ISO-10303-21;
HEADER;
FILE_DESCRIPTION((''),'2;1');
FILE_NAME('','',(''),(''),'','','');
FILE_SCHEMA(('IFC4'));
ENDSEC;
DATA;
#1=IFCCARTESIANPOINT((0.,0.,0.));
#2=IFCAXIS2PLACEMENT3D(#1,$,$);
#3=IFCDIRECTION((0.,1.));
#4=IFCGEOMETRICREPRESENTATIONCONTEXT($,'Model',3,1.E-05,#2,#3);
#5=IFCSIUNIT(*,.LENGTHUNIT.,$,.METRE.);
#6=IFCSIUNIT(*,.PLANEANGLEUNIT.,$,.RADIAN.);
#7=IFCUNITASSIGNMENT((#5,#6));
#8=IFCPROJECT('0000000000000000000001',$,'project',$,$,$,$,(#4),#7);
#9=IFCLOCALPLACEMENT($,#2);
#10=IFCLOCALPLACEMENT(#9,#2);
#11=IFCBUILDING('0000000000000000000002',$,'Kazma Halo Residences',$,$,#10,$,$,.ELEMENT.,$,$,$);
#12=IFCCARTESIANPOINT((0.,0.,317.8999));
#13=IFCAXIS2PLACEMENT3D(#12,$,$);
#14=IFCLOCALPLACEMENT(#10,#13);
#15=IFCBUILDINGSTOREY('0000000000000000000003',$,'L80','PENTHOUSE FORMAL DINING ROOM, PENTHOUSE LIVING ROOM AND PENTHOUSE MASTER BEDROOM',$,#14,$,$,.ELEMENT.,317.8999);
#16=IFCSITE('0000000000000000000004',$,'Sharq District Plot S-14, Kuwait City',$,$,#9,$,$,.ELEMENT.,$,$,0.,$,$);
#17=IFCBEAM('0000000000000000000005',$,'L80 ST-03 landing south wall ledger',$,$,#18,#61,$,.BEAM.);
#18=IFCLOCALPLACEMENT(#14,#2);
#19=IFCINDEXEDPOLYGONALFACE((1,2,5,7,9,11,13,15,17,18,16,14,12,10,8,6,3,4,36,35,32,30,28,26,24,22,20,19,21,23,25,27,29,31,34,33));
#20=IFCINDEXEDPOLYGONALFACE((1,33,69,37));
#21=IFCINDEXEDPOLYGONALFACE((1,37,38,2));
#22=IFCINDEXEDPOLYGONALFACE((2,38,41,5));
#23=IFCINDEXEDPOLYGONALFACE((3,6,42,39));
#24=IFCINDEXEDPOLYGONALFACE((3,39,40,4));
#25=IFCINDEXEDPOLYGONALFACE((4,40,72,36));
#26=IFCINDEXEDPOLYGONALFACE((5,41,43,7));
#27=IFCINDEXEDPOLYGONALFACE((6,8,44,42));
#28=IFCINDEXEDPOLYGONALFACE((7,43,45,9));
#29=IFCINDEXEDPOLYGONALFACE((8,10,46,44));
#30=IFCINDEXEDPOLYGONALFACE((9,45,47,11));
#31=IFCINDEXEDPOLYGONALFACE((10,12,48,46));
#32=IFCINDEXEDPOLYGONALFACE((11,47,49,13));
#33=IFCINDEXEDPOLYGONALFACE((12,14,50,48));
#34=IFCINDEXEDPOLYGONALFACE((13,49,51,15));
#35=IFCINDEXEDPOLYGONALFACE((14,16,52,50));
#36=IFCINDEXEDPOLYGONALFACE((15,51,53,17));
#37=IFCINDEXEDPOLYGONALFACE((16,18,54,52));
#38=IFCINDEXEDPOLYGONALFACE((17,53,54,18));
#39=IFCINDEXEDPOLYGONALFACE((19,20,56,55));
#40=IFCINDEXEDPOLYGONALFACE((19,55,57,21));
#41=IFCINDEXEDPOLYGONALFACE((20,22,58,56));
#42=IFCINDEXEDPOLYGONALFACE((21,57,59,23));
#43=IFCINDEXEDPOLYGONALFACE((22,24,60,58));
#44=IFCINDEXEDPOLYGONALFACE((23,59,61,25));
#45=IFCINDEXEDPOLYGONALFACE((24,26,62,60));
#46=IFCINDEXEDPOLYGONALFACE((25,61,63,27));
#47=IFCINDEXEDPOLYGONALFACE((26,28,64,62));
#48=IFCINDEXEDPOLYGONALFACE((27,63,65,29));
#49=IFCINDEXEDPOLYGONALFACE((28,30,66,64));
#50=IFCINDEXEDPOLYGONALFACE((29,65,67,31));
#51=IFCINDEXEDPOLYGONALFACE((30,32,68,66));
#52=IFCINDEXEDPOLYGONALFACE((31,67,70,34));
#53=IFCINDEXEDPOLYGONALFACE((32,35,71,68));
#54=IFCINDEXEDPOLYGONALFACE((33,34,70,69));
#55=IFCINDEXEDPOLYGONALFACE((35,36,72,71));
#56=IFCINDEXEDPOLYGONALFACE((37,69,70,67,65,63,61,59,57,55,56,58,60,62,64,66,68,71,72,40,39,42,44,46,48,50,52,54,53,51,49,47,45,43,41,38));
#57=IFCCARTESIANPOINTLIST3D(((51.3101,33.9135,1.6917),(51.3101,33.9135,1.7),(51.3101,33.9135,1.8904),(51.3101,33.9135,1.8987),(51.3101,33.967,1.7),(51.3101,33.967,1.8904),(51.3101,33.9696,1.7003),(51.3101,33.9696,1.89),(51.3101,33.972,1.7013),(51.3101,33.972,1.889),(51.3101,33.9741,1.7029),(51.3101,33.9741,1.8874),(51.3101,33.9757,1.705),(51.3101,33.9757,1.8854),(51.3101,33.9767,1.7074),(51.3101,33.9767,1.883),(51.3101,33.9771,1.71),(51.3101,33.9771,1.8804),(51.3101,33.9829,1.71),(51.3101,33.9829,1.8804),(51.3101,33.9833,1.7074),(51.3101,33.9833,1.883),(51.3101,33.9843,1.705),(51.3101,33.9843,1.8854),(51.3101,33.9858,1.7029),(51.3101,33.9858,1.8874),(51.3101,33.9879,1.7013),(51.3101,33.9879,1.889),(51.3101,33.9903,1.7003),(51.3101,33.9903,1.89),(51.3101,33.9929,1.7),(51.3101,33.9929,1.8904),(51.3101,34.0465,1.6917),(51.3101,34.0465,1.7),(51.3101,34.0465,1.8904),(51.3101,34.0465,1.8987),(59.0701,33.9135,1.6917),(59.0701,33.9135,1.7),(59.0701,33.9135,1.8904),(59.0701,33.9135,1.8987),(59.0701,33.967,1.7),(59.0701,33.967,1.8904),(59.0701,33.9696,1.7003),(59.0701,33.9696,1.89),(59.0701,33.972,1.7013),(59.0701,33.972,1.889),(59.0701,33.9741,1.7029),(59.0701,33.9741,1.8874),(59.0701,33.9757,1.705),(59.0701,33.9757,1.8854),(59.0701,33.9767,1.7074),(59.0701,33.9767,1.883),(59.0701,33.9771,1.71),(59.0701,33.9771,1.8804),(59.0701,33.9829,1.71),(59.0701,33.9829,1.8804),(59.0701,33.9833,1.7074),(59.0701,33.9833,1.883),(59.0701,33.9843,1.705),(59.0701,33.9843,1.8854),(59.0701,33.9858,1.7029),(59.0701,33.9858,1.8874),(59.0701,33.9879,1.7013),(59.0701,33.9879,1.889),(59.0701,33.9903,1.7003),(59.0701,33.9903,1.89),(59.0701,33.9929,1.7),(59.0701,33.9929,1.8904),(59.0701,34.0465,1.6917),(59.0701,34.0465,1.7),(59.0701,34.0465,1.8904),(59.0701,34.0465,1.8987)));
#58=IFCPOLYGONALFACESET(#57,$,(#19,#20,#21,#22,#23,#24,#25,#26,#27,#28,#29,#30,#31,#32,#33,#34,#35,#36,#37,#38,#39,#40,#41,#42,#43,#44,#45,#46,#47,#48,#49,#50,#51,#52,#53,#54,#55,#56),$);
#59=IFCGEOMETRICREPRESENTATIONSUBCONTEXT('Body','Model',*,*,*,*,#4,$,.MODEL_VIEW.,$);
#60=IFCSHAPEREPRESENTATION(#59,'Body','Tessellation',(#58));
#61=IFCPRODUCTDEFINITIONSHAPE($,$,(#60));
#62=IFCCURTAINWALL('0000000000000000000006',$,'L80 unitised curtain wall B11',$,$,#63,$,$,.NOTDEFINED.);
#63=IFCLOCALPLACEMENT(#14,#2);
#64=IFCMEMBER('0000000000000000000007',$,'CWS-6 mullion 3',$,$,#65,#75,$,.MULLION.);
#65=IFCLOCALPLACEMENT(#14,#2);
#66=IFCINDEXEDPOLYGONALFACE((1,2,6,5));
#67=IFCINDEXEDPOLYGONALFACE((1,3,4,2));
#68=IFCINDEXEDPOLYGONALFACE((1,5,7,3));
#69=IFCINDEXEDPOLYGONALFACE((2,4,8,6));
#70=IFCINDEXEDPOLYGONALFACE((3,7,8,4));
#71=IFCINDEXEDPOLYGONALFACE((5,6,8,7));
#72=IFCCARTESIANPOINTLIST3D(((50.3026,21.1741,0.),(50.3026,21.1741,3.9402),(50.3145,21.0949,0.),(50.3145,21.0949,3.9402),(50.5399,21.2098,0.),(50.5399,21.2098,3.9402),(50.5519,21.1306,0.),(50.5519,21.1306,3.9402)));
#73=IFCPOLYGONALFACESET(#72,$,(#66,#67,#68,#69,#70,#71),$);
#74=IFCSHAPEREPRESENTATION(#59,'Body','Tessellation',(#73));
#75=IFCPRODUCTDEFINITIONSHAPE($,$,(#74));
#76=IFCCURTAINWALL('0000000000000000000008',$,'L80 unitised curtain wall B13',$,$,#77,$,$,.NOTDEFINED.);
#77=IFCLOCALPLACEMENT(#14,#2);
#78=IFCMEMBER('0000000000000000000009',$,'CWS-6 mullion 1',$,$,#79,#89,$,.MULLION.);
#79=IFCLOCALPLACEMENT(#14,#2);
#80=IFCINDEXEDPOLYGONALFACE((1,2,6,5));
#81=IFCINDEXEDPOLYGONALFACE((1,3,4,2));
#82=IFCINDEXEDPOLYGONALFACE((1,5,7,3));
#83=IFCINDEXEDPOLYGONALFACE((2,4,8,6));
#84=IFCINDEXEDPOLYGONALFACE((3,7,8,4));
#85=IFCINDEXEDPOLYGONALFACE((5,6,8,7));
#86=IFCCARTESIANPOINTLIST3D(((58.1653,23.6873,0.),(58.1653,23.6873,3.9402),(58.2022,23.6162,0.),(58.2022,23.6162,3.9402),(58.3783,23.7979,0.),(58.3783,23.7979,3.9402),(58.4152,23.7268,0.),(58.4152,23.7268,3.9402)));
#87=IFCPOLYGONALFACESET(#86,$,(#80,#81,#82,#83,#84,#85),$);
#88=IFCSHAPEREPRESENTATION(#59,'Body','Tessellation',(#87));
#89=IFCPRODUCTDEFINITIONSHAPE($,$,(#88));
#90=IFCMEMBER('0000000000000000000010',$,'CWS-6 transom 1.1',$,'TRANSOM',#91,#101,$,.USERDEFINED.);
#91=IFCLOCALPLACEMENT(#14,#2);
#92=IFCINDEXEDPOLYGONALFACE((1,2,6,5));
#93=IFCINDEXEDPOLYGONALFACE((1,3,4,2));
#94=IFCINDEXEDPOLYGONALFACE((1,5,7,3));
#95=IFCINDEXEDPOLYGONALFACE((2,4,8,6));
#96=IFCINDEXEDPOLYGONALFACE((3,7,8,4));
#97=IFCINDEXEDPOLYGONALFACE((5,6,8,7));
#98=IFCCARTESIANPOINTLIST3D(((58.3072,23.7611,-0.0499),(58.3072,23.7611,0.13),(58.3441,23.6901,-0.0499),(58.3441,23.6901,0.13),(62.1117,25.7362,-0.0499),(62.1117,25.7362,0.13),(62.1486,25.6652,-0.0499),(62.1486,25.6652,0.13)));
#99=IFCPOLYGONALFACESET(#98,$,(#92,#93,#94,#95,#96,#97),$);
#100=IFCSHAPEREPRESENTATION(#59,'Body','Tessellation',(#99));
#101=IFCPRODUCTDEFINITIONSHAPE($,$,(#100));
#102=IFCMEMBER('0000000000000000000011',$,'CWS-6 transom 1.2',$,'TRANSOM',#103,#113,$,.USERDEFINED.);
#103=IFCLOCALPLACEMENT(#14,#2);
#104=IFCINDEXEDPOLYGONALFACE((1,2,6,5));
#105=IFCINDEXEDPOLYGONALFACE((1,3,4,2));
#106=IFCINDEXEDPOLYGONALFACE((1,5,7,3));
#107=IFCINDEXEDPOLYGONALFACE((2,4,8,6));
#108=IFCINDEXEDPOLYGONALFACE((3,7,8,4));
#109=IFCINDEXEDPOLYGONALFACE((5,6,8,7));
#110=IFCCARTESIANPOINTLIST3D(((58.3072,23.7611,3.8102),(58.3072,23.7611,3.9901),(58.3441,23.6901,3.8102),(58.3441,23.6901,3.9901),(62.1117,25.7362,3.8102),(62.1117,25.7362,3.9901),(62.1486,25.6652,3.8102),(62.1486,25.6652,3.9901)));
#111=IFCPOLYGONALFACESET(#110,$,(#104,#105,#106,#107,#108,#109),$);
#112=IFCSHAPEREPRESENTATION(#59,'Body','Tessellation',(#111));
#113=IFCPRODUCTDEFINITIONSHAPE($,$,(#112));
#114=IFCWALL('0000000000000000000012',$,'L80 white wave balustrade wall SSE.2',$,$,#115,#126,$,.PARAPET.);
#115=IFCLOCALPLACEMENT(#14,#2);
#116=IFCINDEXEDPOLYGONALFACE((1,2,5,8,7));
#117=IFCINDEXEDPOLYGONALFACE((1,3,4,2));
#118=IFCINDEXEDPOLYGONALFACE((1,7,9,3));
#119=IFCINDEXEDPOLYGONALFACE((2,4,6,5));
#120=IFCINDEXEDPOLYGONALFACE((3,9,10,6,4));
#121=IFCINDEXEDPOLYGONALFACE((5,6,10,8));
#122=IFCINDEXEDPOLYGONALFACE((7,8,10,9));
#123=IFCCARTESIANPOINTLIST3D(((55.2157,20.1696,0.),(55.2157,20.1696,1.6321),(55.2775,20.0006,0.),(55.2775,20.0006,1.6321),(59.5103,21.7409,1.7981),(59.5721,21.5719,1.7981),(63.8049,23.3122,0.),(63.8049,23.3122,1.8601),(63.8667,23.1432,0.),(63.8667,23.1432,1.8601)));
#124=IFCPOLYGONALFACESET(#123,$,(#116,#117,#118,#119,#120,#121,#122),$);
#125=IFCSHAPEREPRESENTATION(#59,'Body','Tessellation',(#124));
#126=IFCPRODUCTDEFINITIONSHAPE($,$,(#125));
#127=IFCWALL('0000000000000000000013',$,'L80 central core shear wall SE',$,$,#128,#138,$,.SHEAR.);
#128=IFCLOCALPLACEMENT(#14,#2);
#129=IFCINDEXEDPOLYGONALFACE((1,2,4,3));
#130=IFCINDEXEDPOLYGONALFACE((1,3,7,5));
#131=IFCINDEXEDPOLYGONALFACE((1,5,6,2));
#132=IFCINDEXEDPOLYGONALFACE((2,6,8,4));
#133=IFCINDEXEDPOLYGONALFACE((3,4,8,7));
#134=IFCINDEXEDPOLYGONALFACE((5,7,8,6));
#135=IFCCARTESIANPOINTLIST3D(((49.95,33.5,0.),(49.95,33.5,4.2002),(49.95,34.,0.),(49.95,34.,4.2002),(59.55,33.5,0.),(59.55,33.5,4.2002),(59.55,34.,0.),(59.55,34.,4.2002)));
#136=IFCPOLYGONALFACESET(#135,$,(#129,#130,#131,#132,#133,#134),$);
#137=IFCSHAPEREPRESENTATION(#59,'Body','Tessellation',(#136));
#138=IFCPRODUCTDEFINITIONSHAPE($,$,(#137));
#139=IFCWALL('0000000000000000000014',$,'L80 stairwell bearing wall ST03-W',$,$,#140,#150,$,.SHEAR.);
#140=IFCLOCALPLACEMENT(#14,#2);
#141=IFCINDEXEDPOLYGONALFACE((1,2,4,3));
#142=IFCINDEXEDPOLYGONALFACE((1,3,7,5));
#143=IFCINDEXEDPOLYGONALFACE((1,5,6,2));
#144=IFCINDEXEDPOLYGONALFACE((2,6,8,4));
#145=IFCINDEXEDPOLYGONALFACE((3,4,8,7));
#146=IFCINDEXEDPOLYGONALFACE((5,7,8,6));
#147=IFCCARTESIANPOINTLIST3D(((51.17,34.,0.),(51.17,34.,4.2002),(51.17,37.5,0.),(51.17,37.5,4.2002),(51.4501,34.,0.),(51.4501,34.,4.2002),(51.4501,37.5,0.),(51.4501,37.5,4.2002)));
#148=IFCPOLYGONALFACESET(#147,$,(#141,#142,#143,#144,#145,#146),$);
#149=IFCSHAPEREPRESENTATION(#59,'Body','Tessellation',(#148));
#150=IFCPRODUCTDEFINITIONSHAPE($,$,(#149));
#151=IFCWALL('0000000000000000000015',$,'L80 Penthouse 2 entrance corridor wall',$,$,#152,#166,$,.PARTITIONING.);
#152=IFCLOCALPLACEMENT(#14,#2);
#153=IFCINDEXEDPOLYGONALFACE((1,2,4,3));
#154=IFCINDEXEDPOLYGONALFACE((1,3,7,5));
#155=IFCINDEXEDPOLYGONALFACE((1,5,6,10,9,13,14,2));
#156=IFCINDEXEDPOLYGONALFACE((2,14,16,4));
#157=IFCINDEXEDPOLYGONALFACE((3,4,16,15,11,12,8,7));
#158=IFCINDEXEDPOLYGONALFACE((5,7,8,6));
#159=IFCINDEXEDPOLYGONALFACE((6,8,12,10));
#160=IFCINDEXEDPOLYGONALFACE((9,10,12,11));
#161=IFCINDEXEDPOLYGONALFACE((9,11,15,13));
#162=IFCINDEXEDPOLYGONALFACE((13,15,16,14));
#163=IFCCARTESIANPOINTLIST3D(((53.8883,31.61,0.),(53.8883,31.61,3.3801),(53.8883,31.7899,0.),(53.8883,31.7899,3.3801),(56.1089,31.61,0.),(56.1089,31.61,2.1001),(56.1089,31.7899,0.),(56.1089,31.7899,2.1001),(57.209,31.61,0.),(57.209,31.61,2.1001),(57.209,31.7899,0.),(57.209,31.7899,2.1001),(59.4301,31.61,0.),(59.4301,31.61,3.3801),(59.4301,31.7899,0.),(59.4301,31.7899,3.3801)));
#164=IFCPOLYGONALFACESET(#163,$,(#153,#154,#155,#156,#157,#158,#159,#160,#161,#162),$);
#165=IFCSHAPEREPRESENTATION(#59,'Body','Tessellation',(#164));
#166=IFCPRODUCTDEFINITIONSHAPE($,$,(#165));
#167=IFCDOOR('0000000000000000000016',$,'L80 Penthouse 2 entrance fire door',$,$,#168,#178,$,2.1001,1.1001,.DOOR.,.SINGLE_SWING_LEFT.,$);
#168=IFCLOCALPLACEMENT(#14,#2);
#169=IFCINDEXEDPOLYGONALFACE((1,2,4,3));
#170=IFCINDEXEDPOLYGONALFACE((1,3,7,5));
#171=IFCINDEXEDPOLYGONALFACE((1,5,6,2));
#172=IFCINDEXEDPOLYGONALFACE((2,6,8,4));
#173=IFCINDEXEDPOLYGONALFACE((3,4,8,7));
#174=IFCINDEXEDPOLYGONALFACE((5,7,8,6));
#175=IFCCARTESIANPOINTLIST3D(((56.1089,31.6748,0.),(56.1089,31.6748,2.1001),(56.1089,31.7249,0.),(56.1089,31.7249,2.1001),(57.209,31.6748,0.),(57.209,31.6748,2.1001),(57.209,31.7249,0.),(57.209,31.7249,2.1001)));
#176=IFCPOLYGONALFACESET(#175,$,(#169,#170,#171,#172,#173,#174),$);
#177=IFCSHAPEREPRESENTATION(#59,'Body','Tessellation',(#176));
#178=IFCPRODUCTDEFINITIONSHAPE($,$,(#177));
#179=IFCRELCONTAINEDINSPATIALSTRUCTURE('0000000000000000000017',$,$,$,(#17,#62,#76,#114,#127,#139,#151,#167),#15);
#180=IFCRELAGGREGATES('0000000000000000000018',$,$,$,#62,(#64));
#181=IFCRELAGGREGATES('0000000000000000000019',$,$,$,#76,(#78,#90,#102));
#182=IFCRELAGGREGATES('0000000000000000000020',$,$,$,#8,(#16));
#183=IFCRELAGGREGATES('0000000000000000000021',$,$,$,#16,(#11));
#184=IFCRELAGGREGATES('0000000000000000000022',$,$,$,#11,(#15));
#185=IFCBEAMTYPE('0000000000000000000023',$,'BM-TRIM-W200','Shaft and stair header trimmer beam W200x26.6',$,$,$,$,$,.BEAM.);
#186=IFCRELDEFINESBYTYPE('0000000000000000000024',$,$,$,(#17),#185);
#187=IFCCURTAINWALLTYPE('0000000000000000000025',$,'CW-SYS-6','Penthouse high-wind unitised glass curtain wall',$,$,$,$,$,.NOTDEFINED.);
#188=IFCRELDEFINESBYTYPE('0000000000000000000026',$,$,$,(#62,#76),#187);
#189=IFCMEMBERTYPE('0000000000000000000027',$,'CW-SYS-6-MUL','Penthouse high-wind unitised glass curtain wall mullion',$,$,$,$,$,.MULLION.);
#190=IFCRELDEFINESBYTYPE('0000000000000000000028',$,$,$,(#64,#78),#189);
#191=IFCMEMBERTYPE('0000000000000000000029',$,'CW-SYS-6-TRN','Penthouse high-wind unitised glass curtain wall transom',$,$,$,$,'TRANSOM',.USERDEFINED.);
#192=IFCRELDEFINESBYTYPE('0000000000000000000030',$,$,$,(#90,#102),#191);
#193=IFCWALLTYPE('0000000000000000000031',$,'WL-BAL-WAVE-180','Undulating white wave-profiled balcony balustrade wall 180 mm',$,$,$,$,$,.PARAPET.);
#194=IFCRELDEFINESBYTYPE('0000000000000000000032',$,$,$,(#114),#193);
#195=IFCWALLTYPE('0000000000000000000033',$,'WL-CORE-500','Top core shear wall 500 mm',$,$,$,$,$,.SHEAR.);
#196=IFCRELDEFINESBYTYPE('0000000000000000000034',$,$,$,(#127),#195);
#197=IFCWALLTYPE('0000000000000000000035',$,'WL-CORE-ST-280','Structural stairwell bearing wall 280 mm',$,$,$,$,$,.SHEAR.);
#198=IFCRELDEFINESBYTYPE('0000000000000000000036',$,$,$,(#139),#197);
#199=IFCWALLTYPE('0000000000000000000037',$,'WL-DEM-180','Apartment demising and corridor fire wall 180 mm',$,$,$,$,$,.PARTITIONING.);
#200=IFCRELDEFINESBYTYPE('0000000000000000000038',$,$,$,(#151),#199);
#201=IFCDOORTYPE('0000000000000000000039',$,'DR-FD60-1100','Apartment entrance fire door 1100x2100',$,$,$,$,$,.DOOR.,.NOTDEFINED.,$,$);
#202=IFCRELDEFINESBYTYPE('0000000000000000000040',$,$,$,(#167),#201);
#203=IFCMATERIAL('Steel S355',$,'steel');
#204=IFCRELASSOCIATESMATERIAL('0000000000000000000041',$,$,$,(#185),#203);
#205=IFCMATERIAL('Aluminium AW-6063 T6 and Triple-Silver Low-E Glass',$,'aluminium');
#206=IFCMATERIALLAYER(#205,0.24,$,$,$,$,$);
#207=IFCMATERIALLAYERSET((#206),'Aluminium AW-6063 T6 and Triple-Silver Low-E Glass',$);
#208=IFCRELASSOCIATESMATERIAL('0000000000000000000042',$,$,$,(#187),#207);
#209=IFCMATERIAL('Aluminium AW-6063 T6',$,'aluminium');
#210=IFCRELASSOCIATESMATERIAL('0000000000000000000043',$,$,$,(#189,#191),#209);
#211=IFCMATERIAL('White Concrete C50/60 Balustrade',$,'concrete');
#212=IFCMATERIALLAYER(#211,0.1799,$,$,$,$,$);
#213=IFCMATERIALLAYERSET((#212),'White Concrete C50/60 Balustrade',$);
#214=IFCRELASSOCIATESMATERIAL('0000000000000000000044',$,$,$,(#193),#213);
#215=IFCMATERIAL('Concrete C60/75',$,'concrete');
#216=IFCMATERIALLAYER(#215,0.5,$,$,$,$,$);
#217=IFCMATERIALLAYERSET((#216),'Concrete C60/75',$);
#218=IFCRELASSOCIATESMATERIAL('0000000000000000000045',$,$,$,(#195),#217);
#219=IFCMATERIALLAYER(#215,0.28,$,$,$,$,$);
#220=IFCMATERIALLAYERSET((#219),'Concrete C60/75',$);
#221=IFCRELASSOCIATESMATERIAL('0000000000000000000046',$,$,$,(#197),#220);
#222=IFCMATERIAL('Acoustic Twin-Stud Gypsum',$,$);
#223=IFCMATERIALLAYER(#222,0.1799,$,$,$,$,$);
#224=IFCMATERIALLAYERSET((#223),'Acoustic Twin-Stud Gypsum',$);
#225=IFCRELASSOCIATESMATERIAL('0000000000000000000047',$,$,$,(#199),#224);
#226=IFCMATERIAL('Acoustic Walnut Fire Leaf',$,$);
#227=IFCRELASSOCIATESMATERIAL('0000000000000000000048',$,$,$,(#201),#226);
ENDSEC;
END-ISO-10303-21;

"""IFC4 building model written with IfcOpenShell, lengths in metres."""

from ifc_helpers import new_model, si_unit, direction, frame, frame_2d, origin, origin_2d, place, context, subcontext, project, spatial, polyline, rectangle, i_section, outline, extrude, material, layer, layer_set, material_profile, profile_set, type_object, element, fill, aggregate, save


model = new_model("IFC4")

# Units and contexts
model_context = context("Model", 3, precision=1e-05, world=origin(), true_north=direction((0.0, 1.0)))
body_context = subcontext(model_context, "Body", "Model", "MODEL_VIEW")
ifc_project = project(units=[si_unit("LENGTHUNIT", "METRE"), si_unit("PLANEANGLEUNIT", "RADIAN")], contexts=[model_context])

# Site, building, storey
site_placement = place(None, origin())
site = spatial("IfcSite", under=ifc_project, at=site_placement, Name="Sharq District Plot S-14, Kuwait City", CompositionType="ELEMENT", RefElevation=0.0)
building_placement = place(site_placement, origin())
building = spatial("IfcBuilding", under=site, at=building_placement, Name="Kazma Halo Residences", CompositionType="ELEMENT")
storey_placement = place(building_placement, frame((0.0, 0.0, 317.8999)))
storey = spatial("IfcBuildingStorey", under=building, at=storey_placement, Name="L80", Description="PENTHOUSE FORMAL DINING ROOM, PENTHOUSE LIVING ROOM AND PENTHOUSE MASTER BEDROOM", CompositionType="ELEMENT", Elevation=317.8999)

# Shared definitions
ifc_material_1 = material(Name="Concrete C60/75", Category="concrete")

# Beam
ifc_material_2 = material(Name="Steel S355", Category="steel")
ifc_material_profile_1 = material_profile(ifc_material_2, i_section(OverallWidth=0.1331, OverallDepth=0.207, WebThickness=0.0059, FlangeThickness=0.0083, FilletRadius=0.01, at=origin_2d()), Name="W200x26.6")
ifc_profile_set_1 = profile_set([ifc_material_profile_1], Name="Steel S355")
beam_type_1 = type_object("IfcBeamType", Name="BM-TRIM-W200", Description="Shaft and stair header trimmer beam W200x26.6", PredefinedType="BEAM", material=ifc_profile_set_1)
beam_1_placement = place(storey_placement, frame((51.3101, 33.98, 1.7952), z_axis=(1.0, 0.0, 0.0), x_axis=(0.0, 1.0, 0.0)))
element("IfcBeam", 1, at=beam_1_placement, inside=storey, type_object=beam_type_1, Name="L80 ST-03 landing south wall ledger", PredefinedType="BEAM", context=body_context, shape_type="SweptSolid", body=[
    extrude(i_section(OverallWidth=0.1331, OverallDepth=0.207, WebThickness=0.0059, FlangeThickness=0.0083, FilletRadius=0.01, at=origin_2d()), origin(), (0.0, 0.0, 1.0), 7.76),
])

# Curtain wall, member
ifc_material_3 = material(Name="Aluminium AW-6063 T6 and Triple-Silver Low-E Glass", Category="aluminium")
ifc_layer_1 = layer(ifc_material_3, 0.24)
ifc_layer_set_1 = layer_set([ifc_layer_1], Name="Aluminium AW-6063 T6 and Triple-Silver Low-E Glass")
curtain_wall_type = type_object("IfcCurtainWallType", Name="CW-SYS-6", Description="Penthouse high-wind unitised glass curtain wall", PredefinedType="NOTDEFINED", material=ifc_layer_set_1)
curtain_wall_1_placement = place(storey_placement, origin())
curtain_wall_1 = element("IfcCurtainWall", 2, at=curtain_wall_1_placement, inside=storey, type_object=curtain_wall_type, Name="L80 unitised curtain wall B11", PredefinedType="NOTDEFINED")
ifc_material_4 = material(Name="Aluminium AW-6063 T6", Category="aluminium")
ifc_material_profile_2 = material_profile(ifc_material_4, rectangle(XDim=0.0801, YDim=0.24, at=origin_2d()), Name="CWM-80x240")
ifc_profile_set_2 = profile_set([ifc_material_profile_2], Name="Aluminium AW-6063 T6")
member_type_1 = type_object("IfcMemberType", Name="CW-SYS-6-MUL", Description="Penthouse high-wind unitised glass curtain wall mullion", PredefinedType="MULLION", material=ifc_profile_set_2)
member_1_placement = place(storey_placement, frame((50.4272, 21.1523, 0.0), z_axis=(0.0, 0.0, 1.0), x_axis=(-0.148871, 0.988857, 0.0)))
member_1 = element("IfcMember", 3, at=member_1_placement, type_object=member_type_1, Name="CWS-6 mullion 3", PredefinedType="MULLION", context=body_context, shape_type="SweptSolid", body=[
    extrude(rectangle(XDim=0.0801, YDim=0.24, at=origin_2d()), origin(), (0.0, 0.0, 1.0), 3.9402),
])
aggregate(curtain_wall_1, [member_1])

# Curtain wall, members
curtain_wall_2_placement = place(storey_placement, origin())
curtain_wall_2 = element("IfcCurtainWall", 4, at=curtain_wall_2_placement, inside=storey, type_object=curtain_wall_type, Name="L80 unitised curtain wall B13", PredefinedType="NOTDEFINED")
member_2_placement = place(storey_placement, frame((58.2903, 23.707, 0.0), z_axis=(0.0, 0.0, 1.0), x_axis=(-0.460796, 0.887506, 0.0)))
member_2 = element("IfcMember", 5, at=member_2_placement, type_object=member_type_1, Name="CWS-6 mullion 1", PredefinedType="MULLION", context=body_context, shape_type="SweptSolid", body=[
    extrude(rectangle(XDim=0.0801, YDim=0.24, at=origin_2d()), origin(), (0.0, 0.0, 1.0), 3.9402),
])
ifc_material_profile_3 = material_profile(ifc_material_4, rectangle(XDim=0.0801, YDim=0.1799, at=origin_2d()), Name="CWT-80x180")
ifc_profile_set_3 = profile_set([ifc_material_profile_3], Name="Aluminium AW-6063 T6")
member_type_2 = type_object("IfcMemberType", Name="CW-SYS-6-TRN", Description="Penthouse high-wind unitised glass curtain wall transom", ElementType="TRANSOM", PredefinedType="USERDEFINED", material=ifc_profile_set_3)
member_3_placement = place(storey_placement, frame((58.3257, 23.7256, 0.04), z_axis=(0.887523, 0.460763, 0.0), x_axis=(-0.460763, 0.887523, 0.0)))
member_3 = element("IfcMember", 6, at=member_3_placement, type_object=member_type_2, Name="CWS-6 transom 1.1", ObjectType="TRANSOM", PredefinedType="USERDEFINED", context=body_context, shape_type="SweptSolid", body=[
    extrude(rectangle(XDim=0.0801, YDim=0.1799, at=origin_2d()), origin(), (0.0, 0.0, 1.0), 4.2866),
])
member_4_placement = place(storey_placement, frame((58.3257, 23.7256, 3.9001), z_axis=(0.887523, 0.460763, 0.0), x_axis=(-0.460763, 0.887523, 0.0)))
member_4 = element("IfcMember", 7, at=member_4_placement, type_object=member_type_2, Name="CWS-6 transom 1.2", ObjectType="TRANSOM", PredefinedType="USERDEFINED", context=body_context, shape_type="SweptSolid", body=[
    extrude(rectangle(XDim=0.0801, YDim=0.1799, at=origin_2d()), origin(), (0.0, 0.0, 1.0), 4.2866),
])
aggregate(curtain_wall_2, [member_2, member_3, member_4])

# Walls
ifc_material_5 = material(Name="White Concrete C50/60 Balustrade", Category="concrete")
ifc_layer_2 = layer(ifc_material_5, 0.1799)
ifc_layer_set_2 = layer_set([ifc_layer_2], Name="White Concrete C50/60 Balustrade")
wall_type_1 = type_object("IfcWallType", Name="WL-BAL-WAVE-180", Description="Undulating white wave-profiled balcony balustrade wall 180 mm", PredefinedType="PARAPET", material=ifc_layer_set_2)
wall_1_placement = place(storey_placement, frame((55.2466, 20.0852, 0.0), z_axis=(0.0, 0.0, 1.0), x_axis=(0.939115, 0.343603, 0.0)))
element("IfcWall", 8, at=wall_1_placement, inside=storey, type_object=wall_type_1, Name="L80 white wave balustrade wall SSE.2", PredefinedType="PARAPET", context=body_context, shape_type="SweptSolid", body=[
    extrude(outline(polyline([(0.0, 0.0), (9.146, 0.0), (9.146, 1.8601), (4.573, 1.7981), (0.0, 1.6321), (0.0, 0.0)])), frame((0.0, 0.0898, 0.0), z_axis=(0.0, -1.0, 0.0), x_axis=(1.0, 0.0, 0.0)), (0.0, 0.0, 1.0), 0.1799),
])
ifc_layer_3 = layer(ifc_material_1, 0.5)
ifc_layer_set_3 = layer_set([ifc_layer_3], Name="Concrete C60/75")
wall_type_2 = type_object("IfcWallType", Name="WL-CORE-500", Description="Top core shear wall 500 mm", PredefinedType="SHEAR", material=ifc_layer_set_3)
wall_2_placement = place(storey_placement, frame((49.95, 33.75, 0.0), z_axis=(0.0, 0.0, 1.0), x_axis=(1.0, 0.0, 0.0)))
element("IfcWall", 9, at=wall_2_placement, inside=storey, type_object=wall_type_2, Name="L80 central core shear wall SE", PredefinedType="SHEAR", context=body_context, shape_type="SweptSolid", body=[
    extrude(rectangle(XDim=9.6001, YDim=0.5, at=frame_2d((4.8, 0.0))), origin(), (0.0, 0.0, 1.0), 4.2002),
])
ifc_layer_4 = layer(ifc_material_1, 0.28)
ifc_layer_set_4 = layer_set([ifc_layer_4], Name="Concrete C60/75")
wall_type_3 = type_object("IfcWallType", Name="WL-CORE-ST-280", Description="Structural stairwell bearing wall 280 mm", PredefinedType="SHEAR", material=ifc_layer_set_4)
wall_3_placement = place(storey_placement, frame((51.3101, 34.0, 0.0), z_axis=(0.0, 0.0, 1.0), x_axis=(0.0, 1.0, 0.0)))
element("IfcWall", 10, at=wall_3_placement, inside=storey, type_object=wall_type_3, Name="L80 stairwell bearing wall ST03-W", PredefinedType="SHEAR", context=body_context, shape_type="SweptSolid", body=[
    extrude(rectangle(XDim=3.5, YDim=0.28, at=frame_2d((1.75, 0.0))), origin(), (0.0, 0.0, 1.0), 4.2002),
])

# Wall, opening, door
ifc_material_6 = material(Name="Acoustic Twin-Stud Gypsum")
ifc_layer_5 = layer(ifc_material_6, 0.1799)
ifc_layer_set_5 = layer_set([ifc_layer_5], Name="Acoustic Twin-Stud Gypsum")
wall_type_4 = type_object("IfcWallType", Name="WL-DEM-180", Description="Apartment demising and corridor fire wall 180 mm", PredefinedType="PARTITIONING", material=ifc_layer_set_5)
wall_4_placement = place(storey_placement, frame((53.8882, 31.7, 0.0), z_axis=(0.0, 0.0, 1.0), x_axis=(1.0, 0.0, 0.0)))
wall_4 = element("IfcWall", 11, at=wall_4_placement, inside=storey, type_object=wall_type_4, Name="L80 Penthouse 2 entrance corridor wall", PredefinedType="PARTITIONING", context=body_context, shape_type="SweptSolid", body=[
    extrude(rectangle(XDim=5.5417, YDim=0.1799, at=frame_2d((2.771, 0.0))), origin(), (0.0, 0.0, 1.0), 3.3801),
])
opening_1_placement = place(wall_4_placement, frame((2.2207, 0.0, 0.0)))
opening_1 = element("IfcOpeningElement", 12, at=opening_1_placement, cuts=wall_4, PredefinedType="OPENING", context=body_context, shape_type="SweptSolid", body=[
    extrude(rectangle(XDim=1.1001, YDim=2.1001, at=frame_2d((0.55, 1.05))), frame((0.0, 0.0999, 0.0), z_axis=(0.0, -1.0, 0.0), x_axis=(1.0, 0.0, 0.0)), (0.0, 0.0, 1.0), 0.2),
])
ifc_material_7 = material(Name="Acoustic Walnut Fire Leaf")
door_type_1 = type_object("IfcDoorType", Name="DR-FD60-1100", Description="Apartment entrance fire door 1100x2100", OperationType="NOTDEFINED", PredefinedType="DOOR", material=ifc_material_7)
door_1_placement = place(opening_1_placement, origin())
door_1 = element("IfcDoor", 13, at=door_1_placement, inside=storey, type_object=door_type_1, Name="L80 Penthouse 2 entrance fire door", OperationType="SINGLE_SWING_LEFT", OverallHeight=2.1001, OverallWidth=1.1001, PredefinedType="DOOR", context=body_context, shape_type="SweptSolid", body=[
    extrude(rectangle(XDim=1.1001, YDim=2.1001, at=frame_2d((0.55, 1.05))), frame((0.0, 0.0249, 0.0), z_axis=(0.0, -1.0, 0.0), x_axis=(1.0, 0.0, 0.0)), (0.0, 0.0, 1.0), 0.05),
])
fill(opening_1, door_1)

save(model, "model.ifc")
